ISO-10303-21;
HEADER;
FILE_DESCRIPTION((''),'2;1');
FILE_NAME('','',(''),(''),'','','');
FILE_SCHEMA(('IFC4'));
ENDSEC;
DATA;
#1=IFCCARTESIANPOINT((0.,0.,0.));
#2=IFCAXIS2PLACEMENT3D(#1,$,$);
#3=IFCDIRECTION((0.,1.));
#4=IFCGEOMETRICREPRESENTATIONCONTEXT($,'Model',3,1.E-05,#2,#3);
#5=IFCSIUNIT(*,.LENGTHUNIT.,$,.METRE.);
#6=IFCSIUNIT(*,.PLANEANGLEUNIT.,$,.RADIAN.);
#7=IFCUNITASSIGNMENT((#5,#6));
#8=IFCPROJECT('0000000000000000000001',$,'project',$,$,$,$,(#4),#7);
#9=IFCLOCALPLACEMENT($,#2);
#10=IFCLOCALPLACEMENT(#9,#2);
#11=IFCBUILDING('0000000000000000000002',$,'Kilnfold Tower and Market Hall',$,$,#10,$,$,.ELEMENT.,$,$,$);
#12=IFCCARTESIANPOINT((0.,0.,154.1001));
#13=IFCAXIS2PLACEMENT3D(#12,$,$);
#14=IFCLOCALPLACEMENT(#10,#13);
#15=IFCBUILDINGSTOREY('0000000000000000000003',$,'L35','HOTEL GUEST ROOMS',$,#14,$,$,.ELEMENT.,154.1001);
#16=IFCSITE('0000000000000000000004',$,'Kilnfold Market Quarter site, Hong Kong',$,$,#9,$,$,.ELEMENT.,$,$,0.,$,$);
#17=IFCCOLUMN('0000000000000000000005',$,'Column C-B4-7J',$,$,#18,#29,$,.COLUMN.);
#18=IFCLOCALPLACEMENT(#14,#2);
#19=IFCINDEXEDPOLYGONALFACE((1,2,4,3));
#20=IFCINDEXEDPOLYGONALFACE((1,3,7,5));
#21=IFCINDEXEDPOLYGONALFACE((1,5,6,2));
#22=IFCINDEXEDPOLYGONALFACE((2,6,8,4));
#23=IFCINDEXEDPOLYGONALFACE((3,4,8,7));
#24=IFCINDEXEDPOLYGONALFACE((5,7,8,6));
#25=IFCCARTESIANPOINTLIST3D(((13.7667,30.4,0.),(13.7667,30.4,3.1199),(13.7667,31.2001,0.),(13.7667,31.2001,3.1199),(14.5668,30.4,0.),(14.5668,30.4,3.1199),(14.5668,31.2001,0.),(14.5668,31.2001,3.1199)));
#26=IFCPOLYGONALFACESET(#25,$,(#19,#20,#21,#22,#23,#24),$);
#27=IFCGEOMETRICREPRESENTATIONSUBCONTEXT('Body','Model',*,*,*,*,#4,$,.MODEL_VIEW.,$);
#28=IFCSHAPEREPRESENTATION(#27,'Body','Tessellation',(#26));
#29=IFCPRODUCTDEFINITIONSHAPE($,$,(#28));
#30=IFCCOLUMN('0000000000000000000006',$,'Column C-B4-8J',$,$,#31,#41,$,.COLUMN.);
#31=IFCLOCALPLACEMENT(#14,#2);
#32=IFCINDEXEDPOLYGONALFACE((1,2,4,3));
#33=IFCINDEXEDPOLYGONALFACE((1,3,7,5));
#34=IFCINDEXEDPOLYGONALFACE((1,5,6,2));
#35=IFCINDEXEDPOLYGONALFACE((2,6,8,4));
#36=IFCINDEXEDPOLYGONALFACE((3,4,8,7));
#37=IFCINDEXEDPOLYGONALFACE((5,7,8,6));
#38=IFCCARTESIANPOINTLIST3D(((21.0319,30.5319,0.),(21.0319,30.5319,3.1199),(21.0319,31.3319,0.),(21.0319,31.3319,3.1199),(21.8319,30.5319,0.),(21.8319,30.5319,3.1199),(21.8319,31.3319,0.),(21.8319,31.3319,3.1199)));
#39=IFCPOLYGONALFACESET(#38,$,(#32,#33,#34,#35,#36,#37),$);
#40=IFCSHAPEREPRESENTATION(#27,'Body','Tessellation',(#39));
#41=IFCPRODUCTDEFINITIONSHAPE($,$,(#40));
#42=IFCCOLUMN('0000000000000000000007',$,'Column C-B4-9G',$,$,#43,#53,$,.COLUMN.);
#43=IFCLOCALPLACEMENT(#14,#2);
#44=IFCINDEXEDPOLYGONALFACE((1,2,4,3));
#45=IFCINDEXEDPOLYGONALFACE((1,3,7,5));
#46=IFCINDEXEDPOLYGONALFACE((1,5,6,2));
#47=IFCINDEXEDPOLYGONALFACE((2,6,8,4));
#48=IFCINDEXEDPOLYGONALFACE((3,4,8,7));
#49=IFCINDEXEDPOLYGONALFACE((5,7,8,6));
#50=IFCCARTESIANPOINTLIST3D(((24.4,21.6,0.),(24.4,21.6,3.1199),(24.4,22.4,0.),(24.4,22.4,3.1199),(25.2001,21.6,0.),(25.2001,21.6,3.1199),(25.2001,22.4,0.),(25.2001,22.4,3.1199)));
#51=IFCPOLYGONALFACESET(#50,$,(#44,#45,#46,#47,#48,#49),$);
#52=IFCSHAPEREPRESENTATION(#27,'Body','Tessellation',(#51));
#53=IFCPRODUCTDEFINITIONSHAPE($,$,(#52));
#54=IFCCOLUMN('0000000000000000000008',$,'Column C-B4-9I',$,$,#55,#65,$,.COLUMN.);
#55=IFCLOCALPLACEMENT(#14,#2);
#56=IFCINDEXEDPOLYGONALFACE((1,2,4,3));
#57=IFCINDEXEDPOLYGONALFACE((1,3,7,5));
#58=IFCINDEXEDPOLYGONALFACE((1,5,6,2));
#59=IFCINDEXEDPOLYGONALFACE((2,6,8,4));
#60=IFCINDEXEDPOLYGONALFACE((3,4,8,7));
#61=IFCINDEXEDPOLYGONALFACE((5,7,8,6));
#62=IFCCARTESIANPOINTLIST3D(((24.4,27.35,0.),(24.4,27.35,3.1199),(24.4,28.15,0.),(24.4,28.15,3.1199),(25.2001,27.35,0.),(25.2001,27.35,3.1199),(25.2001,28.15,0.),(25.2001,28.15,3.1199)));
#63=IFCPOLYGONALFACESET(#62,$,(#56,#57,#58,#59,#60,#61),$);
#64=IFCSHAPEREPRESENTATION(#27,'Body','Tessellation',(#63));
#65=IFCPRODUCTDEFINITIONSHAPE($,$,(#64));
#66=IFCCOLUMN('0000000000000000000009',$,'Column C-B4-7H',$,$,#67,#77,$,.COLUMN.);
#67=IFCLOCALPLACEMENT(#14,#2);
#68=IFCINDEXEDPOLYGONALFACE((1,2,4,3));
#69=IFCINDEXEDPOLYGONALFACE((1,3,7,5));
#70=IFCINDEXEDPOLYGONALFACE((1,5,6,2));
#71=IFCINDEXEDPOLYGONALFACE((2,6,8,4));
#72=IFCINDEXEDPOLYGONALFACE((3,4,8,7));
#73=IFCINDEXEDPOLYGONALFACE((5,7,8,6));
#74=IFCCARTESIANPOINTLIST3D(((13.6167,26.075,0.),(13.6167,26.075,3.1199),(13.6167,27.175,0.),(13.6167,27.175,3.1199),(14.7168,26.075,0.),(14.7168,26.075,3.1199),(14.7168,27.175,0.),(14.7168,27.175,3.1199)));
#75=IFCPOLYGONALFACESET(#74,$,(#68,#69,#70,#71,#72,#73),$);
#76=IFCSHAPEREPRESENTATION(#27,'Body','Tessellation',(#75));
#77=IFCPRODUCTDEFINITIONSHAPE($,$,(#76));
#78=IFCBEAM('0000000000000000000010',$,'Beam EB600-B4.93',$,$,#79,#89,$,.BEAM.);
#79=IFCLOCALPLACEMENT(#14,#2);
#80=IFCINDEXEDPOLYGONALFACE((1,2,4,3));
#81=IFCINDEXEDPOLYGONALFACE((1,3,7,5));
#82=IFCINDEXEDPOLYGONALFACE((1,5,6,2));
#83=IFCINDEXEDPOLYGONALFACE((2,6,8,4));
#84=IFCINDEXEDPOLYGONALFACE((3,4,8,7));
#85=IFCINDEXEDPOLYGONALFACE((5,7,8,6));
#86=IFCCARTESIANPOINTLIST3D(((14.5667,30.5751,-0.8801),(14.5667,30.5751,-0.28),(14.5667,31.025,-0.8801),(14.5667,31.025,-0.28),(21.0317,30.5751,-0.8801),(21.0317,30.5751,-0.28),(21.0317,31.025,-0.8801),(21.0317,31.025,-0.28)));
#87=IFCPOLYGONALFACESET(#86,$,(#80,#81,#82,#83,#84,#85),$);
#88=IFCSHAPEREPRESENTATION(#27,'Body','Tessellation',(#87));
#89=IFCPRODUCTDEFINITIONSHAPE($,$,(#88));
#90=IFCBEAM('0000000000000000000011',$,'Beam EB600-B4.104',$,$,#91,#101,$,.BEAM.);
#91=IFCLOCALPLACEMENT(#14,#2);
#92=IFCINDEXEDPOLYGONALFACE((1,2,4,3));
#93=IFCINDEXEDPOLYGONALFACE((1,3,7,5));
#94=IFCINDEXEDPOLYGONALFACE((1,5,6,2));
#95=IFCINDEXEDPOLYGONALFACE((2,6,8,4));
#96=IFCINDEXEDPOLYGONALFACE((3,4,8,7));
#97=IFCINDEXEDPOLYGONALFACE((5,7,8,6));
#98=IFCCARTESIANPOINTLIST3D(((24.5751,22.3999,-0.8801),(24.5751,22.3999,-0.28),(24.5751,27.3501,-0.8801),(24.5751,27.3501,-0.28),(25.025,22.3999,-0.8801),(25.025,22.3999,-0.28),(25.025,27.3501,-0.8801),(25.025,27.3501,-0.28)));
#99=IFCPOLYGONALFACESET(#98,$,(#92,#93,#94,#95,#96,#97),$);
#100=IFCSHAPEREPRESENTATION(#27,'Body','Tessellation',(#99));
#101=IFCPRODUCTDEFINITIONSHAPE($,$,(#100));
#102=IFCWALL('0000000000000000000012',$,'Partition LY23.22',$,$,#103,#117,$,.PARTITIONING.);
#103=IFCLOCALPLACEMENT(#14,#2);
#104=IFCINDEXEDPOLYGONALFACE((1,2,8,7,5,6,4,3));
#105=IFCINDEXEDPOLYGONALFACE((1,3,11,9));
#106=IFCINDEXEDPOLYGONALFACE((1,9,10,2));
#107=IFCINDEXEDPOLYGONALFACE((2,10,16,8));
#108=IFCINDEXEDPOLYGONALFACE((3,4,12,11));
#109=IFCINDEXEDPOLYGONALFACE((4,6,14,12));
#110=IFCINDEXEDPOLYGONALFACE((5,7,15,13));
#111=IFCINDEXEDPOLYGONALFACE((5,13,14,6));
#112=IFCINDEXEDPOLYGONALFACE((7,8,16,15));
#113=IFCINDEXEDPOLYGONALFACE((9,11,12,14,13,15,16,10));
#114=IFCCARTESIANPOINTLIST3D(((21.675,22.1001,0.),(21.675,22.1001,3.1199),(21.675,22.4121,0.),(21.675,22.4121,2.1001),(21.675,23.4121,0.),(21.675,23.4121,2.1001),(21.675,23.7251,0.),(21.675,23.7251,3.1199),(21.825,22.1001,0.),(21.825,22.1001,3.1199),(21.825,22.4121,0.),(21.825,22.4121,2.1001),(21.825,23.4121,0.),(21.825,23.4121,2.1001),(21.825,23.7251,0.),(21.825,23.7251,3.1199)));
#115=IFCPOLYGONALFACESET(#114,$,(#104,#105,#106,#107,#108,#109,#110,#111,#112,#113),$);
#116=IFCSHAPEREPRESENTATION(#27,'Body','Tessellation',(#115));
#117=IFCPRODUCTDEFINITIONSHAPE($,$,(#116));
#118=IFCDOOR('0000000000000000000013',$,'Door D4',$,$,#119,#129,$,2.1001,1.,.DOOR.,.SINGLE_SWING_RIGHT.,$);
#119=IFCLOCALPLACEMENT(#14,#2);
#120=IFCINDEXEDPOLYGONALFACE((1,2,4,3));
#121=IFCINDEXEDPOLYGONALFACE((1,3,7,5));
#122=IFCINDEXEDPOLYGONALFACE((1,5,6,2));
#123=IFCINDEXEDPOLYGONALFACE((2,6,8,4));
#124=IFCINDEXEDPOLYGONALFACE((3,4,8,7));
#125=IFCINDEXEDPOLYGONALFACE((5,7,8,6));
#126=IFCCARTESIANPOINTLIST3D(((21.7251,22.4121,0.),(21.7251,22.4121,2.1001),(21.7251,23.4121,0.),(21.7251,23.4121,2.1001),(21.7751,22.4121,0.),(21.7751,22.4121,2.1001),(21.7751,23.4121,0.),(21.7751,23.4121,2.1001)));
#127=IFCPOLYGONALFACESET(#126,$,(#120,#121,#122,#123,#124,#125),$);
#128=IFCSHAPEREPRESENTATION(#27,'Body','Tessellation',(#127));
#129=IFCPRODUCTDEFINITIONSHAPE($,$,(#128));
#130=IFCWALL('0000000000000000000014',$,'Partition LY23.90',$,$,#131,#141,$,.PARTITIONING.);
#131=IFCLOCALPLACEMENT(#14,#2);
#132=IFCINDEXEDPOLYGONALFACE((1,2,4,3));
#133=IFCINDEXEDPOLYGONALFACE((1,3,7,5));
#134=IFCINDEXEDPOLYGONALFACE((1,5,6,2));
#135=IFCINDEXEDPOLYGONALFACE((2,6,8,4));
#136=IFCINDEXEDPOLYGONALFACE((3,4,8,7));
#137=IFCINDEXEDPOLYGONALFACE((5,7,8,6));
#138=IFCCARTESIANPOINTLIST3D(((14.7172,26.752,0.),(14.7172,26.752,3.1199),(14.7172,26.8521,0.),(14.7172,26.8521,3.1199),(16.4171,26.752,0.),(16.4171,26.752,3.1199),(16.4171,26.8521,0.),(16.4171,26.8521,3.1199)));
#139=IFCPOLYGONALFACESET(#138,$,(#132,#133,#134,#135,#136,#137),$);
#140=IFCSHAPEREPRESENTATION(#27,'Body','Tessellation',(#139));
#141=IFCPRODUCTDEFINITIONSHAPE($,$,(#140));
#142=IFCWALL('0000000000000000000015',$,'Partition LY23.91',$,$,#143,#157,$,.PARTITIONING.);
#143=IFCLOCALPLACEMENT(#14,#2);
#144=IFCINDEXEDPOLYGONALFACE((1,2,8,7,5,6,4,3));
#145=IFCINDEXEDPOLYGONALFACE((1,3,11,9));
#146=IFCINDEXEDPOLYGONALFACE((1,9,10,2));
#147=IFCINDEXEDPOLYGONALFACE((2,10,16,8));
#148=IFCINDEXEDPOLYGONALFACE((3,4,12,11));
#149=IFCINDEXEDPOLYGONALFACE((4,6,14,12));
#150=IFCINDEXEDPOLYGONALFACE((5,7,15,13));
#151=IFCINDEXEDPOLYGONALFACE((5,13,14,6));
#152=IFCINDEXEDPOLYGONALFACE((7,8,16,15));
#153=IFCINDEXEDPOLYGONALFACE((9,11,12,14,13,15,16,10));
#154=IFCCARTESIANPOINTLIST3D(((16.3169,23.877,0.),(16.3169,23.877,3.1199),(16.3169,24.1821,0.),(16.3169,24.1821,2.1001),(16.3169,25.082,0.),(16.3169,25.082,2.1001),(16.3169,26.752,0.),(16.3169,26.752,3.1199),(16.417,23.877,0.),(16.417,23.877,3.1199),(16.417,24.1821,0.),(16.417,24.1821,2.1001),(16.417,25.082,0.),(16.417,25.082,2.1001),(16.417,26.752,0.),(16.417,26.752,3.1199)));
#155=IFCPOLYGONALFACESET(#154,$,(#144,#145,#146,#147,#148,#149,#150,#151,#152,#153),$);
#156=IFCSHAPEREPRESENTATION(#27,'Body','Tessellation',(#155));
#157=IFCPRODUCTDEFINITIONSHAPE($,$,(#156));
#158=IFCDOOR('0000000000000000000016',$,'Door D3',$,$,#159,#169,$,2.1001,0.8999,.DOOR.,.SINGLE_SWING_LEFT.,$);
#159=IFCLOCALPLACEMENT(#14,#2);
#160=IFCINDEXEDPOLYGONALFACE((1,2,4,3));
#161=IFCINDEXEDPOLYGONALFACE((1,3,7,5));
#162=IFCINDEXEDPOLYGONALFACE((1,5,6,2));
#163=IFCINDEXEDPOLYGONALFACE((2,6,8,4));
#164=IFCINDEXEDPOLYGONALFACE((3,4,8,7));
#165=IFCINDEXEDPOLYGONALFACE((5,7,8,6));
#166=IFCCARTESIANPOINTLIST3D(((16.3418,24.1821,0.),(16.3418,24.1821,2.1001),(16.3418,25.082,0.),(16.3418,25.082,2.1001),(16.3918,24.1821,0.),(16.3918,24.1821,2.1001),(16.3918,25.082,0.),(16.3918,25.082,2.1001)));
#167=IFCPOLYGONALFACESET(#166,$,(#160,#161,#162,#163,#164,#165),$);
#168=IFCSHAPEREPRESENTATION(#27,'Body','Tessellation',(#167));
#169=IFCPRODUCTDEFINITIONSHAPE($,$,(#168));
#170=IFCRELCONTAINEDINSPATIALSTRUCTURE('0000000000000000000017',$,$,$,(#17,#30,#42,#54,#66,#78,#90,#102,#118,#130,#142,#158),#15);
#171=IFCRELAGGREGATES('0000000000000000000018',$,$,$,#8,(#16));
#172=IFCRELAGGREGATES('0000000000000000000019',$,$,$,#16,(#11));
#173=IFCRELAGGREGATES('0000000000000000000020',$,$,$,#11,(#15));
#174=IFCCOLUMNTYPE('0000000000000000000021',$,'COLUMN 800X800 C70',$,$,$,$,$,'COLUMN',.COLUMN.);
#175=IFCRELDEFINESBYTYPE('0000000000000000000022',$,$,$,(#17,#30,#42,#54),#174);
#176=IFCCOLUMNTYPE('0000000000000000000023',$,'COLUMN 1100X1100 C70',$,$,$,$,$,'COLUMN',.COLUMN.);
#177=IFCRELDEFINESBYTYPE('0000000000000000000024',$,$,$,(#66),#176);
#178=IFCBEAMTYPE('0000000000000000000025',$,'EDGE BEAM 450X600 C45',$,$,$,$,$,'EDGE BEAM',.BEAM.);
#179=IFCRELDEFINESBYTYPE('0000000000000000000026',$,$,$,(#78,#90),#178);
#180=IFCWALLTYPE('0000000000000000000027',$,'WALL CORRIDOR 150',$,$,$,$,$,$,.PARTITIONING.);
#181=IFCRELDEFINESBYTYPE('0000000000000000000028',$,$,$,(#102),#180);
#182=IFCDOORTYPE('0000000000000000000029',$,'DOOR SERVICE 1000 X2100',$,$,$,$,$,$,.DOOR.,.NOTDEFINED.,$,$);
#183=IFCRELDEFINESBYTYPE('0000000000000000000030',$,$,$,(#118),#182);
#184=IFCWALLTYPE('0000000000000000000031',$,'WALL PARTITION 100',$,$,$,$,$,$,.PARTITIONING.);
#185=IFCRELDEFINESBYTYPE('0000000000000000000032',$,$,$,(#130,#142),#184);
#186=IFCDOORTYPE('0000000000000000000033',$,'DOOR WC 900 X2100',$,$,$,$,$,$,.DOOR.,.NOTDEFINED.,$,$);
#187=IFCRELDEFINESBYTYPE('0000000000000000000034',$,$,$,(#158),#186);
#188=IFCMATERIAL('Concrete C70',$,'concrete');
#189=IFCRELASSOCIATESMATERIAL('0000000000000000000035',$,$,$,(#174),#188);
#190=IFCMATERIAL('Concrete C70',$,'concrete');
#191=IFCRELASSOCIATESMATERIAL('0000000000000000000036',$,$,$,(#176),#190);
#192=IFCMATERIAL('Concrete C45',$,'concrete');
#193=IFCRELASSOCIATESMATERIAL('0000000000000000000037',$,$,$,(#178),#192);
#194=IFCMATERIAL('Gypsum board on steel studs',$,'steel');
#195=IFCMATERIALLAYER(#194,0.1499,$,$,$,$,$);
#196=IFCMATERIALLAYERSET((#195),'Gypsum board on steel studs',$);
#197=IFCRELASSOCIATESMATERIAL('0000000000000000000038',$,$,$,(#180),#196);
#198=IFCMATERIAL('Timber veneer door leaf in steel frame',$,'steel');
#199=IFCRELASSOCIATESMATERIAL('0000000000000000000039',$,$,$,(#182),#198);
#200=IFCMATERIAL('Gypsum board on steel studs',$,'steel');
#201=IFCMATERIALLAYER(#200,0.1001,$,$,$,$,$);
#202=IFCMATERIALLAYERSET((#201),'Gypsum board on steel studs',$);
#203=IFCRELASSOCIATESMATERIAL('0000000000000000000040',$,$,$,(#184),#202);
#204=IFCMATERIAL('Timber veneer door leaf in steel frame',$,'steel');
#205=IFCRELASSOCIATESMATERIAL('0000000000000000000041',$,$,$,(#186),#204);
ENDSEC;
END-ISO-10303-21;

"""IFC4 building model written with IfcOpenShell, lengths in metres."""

from ifc_helpers import new_model, si_unit, direction, frame, frame_2d, origin, origin_2d, place, context, subcontext, project, spatial, rectangle, extrude, source, transform, mapped, material, layer, layer_set, material_profile, profile_set, type_object, element, fill, save


model = new_model("IFC4")

# Units and contexts
model_context = context("Model", 3, precision=1e-05, world=origin(), true_north=direction((0.0, 1.0)))
body_context = subcontext(model_context, "Body", "Model", "MODEL_VIEW")
ifc_project = project(units=[si_unit("LENGTHUNIT", "METRE"), si_unit("PLANEANGLEUNIT", "RADIAN")], contexts=[model_context])

# Site, building, storey
site_placement = place(None, origin())
site = spatial("IfcSite", under=ifc_project, at=site_placement, Name="Kilnfold Market Quarter site, Hong Kong", CompositionType="ELEMENT", RefElevation=0.0)
building_placement = place(site_placement, origin())
building = spatial("IfcBuilding", under=site, at=building_placement, Name="Kilnfold Tower and Market Hall", CompositionType="ELEMENT")
storey_placement = place(building_placement, frame((0.0, 0.0, 154.1001)))
storey = spatial("IfcBuildingStorey", under=building, at=storey_placement, Name="L35", Description="HOTEL GUEST ROOMS", CompositionType="ELEMENT", Elevation=154.1001)

# Columns
ifc_material_1 = material(Name="Concrete C70", Category="concrete")
ifc_material_profile_1 = material_profile(ifc_material_1, rectangle(XDim=0.8, YDim=0.8, at=origin_2d()), Name="RC 800x800")
ifc_profile_set_1 = profile_set([ifc_material_profile_1], Name="Concrete C70")
column_type_1 = type_object("IfcColumnType", Name="COLUMN 800X800 C70", ElementType="COLUMN", PredefinedType="COLUMN", material=ifc_profile_set_1)
shared_shape_1 = source(origin(), body_context, "Body", "SweptSolid", [
    extrude(rectangle(XDim=0.8, YDim=0.8, at=origin_2d()), origin(), (0.0, 0.0, 1.0), 3.1199),
])
for number, where, z_axis, x_axis, name in (
    (1, (14.1667, 30.8, 0.0), (0.0, 0.0, 1.0), (1.0, 0.0, 0.0), "Column C-B4-7J"),
    (2, (21.4319, 30.9319, 0.0), (0.0, 0.0, 1.0), (1.0, 0.0, 0.0), "Column C-B4-8J"),
    (3, (24.8, 22.0, 0.0), (0.0, 0.0, 1.0), (1.0, 0.0, 0.0), "Column C-B4-9G"),
    (4, (24.8, 27.75, 0.0), (0.0, 0.0, 1.0), (1.0, 0.0, 0.0), "Column C-B4-9I"),
):
    element("IfcColumn", number, at=place(storey_placement, frame(where, z_axis=z_axis, x_axis=x_axis)), inside=storey, type_object=column_type_1, Name=name, PredefinedType="COLUMN", context=body_context, shape_type="MappedRepresentation", body=[
        mapped(shared_shape_1, transform((0.0, 0.0, 0.0))),
    ])
ifc_material_2 = material(Name="Concrete C70", Category="concrete")
ifc_material_profile_2 = material_profile(ifc_material_2, rectangle(XDim=1.1001, YDim=1.1001, at=origin_2d()), Name="RC 1100x1100")
ifc_profile_set_2 = profile_set([ifc_material_profile_2], Name="Concrete C70")
column_type_2 = type_object("IfcColumnType", Name="COLUMN 1100X1100 C70", ElementType="COLUMN", PredefinedType="COLUMN", material=ifc_profile_set_2)
shared_shape_2 = source(origin(), body_context, "Body", "SweptSolid", [
    extrude(rectangle(XDim=1.1001, YDim=1.1001, at=origin_2d()), origin(), (0.0, 0.0, 1.0), 3.1199),
])
column_placement = place(storey_placement, frame((14.1667, 26.625, 0.0), z_axis=(0.0, 0.0, 1.0), x_axis=(1.0, 0.0, 0.0)))
element("IfcColumn", 5, at=column_placement, inside=storey, type_object=column_type_2, Name="Column C-B4-7H", PredefinedType="COLUMN", context=body_context, shape_type="MappedRepresentation", body=[
    mapped(shared_shape_2, transform((0.0, 0.0, 0.0))),
])

# Beams
ifc_material_3 = material(Name="Concrete C45", Category="concrete")
ifc_material_profile_3 = material_profile(ifc_material_3, rectangle(XDim=0.45, YDim=0.6001, at=origin_2d()), Name="RC 450x600")
ifc_profile_set_3 = profile_set([ifc_material_profile_3], Name="Concrete C45")
beam_type = type_object("IfcBeamType", Name="EDGE BEAM 450X600 C45", ElementType="EDGE BEAM", PredefinedType="BEAM", material=ifc_profile_set_3)
shared_shape_3 = source(origin(), body_context, "Body", "SweptSolid", [
    extrude(rectangle(XDim=0.45, YDim=0.6001, at=origin_2d()), origin(), (0.0, 0.0, 1.0), 6.4651),
])
beam_1_placement = place(storey_placement, frame((14.5667, 30.8, -0.5801), z_axis=(1.0, 0.0, 0.0), x_axis=(0.0, 1.0, 0.0)))
element("IfcBeam", 6, at=beam_1_placement, inside=storey, type_object=beam_type, Name="Beam EB600-B4.93", PredefinedType="BEAM", context=body_context, shape_type="MappedRepresentation", body=[
    mapped(shared_shape_3, transform((0.0, 0.0, 0.0))),
])
shared_shape_4 = source(origin(), body_context, "Body", "SweptSolid", [
    extrude(rectangle(XDim=0.45, YDim=0.6001, at=origin_2d()), origin(), (0.0, 0.0, 1.0), 4.9502),
])
beam_2_placement = place(storey_placement, frame((24.8, 22.3999, -0.5801), z_axis=(0.0, 1.0, 0.0), x_axis=(-1.0, 0.0, 0.0)))
element("IfcBeam", 7, at=beam_2_placement, inside=storey, type_object=beam_type, Name="Beam EB600-B4.104", PredefinedType="BEAM", context=body_context, shape_type="MappedRepresentation", body=[
    mapped(shared_shape_4, transform((0.0, 0.0, 0.0))),
])

# Wall, opening, door
ifc_material_4 = material(Name="Gypsum board on steel studs", Category="steel")
ifc_layer_1 = layer(ifc_material_4, 0.1499)
ifc_layer_set_1 = layer_set([ifc_layer_1], Name="Gypsum board on steel studs")
wall_type_1 = type_object("IfcWallType", Name="WALL CORRIDOR 150", PredefinedType="PARTITIONING", material=ifc_layer_set_1)
wall_1_placement = place(storey_placement, frame((21.75, 22.1001, 0.0), z_axis=(0.0, 0.0, 1.0), x_axis=(0.0, 1.0, 0.0)))
wall_1 = element("IfcWall", 8, at=wall_1_placement, inside=storey, type_object=wall_type_1, Name="Partition LY23.22", PredefinedType="PARTITIONING", context=body_context, shape_type="SweptSolid", body=[
    extrude(rectangle(XDim=1.625, YDim=0.1499, at=frame_2d((0.8125, 0.0))), origin(), (0.0, 0.0, 1.0), 3.1199),
])
opening_1_placement = place(wall_1_placement, frame((0.312, 0.0, 0.0)))
opening_1 = element("IfcOpeningElement", 9, at=opening_1_placement, cuts=wall_1, PredefinedType="OPENING", context=body_context, shape_type="SweptSolid", body=[
    extrude(rectangle(XDim=1.0, YDim=2.1001, at=frame_2d((0.5, 1.05))), frame((0.0, 0.085, 0.0), z_axis=(0.0, -1.0, 0.0), x_axis=(1.0, 0.0, 0.0)), (0.0, 0.0, 1.0), 0.1699),
])
ifc_material_5 = material(Name="Timber veneer door leaf in steel frame", Category="steel")
door_type_1 = type_object("IfcDoorType", Name="DOOR SERVICE 1000 X2100", OperationType="NOTDEFINED", PredefinedType="DOOR", material=ifc_material_5)
door_1_placement = place(opening_1_placement, origin())
door_1 = element("IfcDoor", 10, at=door_1_placement, inside=storey, type_object=door_type_1, Name="Door D4", OperationType="SINGLE_SWING_RIGHT", OverallHeight=2.1001, OverallWidth=1.0, PredefinedType="DOOR", context=body_context, shape_type="SweptSolid", body=[
    extrude(rectangle(XDim=1.0, YDim=2.1001, at=frame_2d((0.5, 1.05))), frame((0.0, 0.0249, 0.0), z_axis=(0.0, -1.0, 0.0), x_axis=(1.0, 0.0, 0.0)), (0.0, 0.0, 1.0), 0.05),
])
fill(opening_1, door_1)

# Wall
ifc_material_6 = material(Name="Gypsum board on steel studs", Category="steel")
ifc_layer_2 = layer(ifc_material_6, 0.1001)
ifc_layer_set_2 = layer_set([ifc_layer_2], Name="Gypsum board on steel studs")
wall_type_2 = type_object("IfcWallType", Name="WALL PARTITION 100", PredefinedType="PARTITIONING", material=ifc_layer_set_2)
wall_2_placement = place(storey_placement, frame((14.717, 26.802, 0.0), z_axis=(0.0, 0.0, 1.0), x_axis=(1.0, 0.0, 0.0)))
element("IfcWall", 11, at=wall_2_placement, inside=storey, type_object=wall_type_2, Name="Partition LY23.90", PredefinedType="PARTITIONING", context=body_context, shape_type="SweptSolid", body=[
    extrude(rectangle(XDim=1.7, YDim=0.1001, at=frame_2d((0.8501, 0.0))), origin(), (0.0, 0.0, 1.0), 3.1199),
])

# Wall, opening, door
wall_3_placement = place(storey_placement, frame((16.3669, 26.752, 0.0), z_axis=(0.0, 0.0, 1.0), x_axis=(0.0, -1.0, 0.0)))
wall_3 = element("IfcWall", 12, at=wall_3_placement, inside=storey, type_object=wall_type_2, Name="Partition LY23.91", PredefinedType="PARTITIONING", context=body_context, shape_type="SweptSolid", body=[
    extrude(rectangle(XDim=2.875, YDim=0.1001, at=frame_2d((1.4375, 0.0))), origin(), (0.0, 0.0, 1.0), 3.1199),
])
opening_2_placement = place(wall_3_placement, frame((1.6699, 0.0, 0.0)))
opening_2 = element("IfcOpeningElement", 13, at=opening_2_placement, cuts=wall_3, PredefinedType="OPENING", context=body_context, shape_type="SweptSolid", body=[
    extrude(rectangle(XDim=0.8999, YDim=2.1001, at=frame_2d((0.45, 1.05))), frame((0.0, 0.0601, 0.0), z_axis=(0.0, -1.0, 0.0), x_axis=(1.0, 0.0, 0.0)), (0.0, 0.0, 1.0), 0.1201),
])
ifc_material_7 = material(Name="Timber veneer door leaf in steel frame", Category="steel")
door_type_2 = type_object("IfcDoorType", Name="DOOR WC 900 X2100", OperationType="NOTDEFINED", PredefinedType="DOOR", material=ifc_material_7)
door_2_placement = place(opening_2_placement, origin())
door_2 = element("IfcDoor", 14, at=door_2_placement, inside=storey, type_object=door_type_2, Name="Door D3", OperationType="SINGLE_SWING_LEFT", OverallHeight=2.1001, OverallWidth=0.8999, PredefinedType="DOOR", context=body_context, shape_type="SweptSolid", body=[
    extrude(rectangle(XDim=0.8999, YDim=2.1001, at=frame_2d((0.45, 1.05))), frame((0.0, 0.0249, 0.0), z_axis=(0.0, -1.0, 0.0), x_axis=(1.0, 0.0, 0.0)), (0.0, 0.0, 1.0), 0.05),
])
fill(opening_2, door_2)

save(model, "model.ifc")
